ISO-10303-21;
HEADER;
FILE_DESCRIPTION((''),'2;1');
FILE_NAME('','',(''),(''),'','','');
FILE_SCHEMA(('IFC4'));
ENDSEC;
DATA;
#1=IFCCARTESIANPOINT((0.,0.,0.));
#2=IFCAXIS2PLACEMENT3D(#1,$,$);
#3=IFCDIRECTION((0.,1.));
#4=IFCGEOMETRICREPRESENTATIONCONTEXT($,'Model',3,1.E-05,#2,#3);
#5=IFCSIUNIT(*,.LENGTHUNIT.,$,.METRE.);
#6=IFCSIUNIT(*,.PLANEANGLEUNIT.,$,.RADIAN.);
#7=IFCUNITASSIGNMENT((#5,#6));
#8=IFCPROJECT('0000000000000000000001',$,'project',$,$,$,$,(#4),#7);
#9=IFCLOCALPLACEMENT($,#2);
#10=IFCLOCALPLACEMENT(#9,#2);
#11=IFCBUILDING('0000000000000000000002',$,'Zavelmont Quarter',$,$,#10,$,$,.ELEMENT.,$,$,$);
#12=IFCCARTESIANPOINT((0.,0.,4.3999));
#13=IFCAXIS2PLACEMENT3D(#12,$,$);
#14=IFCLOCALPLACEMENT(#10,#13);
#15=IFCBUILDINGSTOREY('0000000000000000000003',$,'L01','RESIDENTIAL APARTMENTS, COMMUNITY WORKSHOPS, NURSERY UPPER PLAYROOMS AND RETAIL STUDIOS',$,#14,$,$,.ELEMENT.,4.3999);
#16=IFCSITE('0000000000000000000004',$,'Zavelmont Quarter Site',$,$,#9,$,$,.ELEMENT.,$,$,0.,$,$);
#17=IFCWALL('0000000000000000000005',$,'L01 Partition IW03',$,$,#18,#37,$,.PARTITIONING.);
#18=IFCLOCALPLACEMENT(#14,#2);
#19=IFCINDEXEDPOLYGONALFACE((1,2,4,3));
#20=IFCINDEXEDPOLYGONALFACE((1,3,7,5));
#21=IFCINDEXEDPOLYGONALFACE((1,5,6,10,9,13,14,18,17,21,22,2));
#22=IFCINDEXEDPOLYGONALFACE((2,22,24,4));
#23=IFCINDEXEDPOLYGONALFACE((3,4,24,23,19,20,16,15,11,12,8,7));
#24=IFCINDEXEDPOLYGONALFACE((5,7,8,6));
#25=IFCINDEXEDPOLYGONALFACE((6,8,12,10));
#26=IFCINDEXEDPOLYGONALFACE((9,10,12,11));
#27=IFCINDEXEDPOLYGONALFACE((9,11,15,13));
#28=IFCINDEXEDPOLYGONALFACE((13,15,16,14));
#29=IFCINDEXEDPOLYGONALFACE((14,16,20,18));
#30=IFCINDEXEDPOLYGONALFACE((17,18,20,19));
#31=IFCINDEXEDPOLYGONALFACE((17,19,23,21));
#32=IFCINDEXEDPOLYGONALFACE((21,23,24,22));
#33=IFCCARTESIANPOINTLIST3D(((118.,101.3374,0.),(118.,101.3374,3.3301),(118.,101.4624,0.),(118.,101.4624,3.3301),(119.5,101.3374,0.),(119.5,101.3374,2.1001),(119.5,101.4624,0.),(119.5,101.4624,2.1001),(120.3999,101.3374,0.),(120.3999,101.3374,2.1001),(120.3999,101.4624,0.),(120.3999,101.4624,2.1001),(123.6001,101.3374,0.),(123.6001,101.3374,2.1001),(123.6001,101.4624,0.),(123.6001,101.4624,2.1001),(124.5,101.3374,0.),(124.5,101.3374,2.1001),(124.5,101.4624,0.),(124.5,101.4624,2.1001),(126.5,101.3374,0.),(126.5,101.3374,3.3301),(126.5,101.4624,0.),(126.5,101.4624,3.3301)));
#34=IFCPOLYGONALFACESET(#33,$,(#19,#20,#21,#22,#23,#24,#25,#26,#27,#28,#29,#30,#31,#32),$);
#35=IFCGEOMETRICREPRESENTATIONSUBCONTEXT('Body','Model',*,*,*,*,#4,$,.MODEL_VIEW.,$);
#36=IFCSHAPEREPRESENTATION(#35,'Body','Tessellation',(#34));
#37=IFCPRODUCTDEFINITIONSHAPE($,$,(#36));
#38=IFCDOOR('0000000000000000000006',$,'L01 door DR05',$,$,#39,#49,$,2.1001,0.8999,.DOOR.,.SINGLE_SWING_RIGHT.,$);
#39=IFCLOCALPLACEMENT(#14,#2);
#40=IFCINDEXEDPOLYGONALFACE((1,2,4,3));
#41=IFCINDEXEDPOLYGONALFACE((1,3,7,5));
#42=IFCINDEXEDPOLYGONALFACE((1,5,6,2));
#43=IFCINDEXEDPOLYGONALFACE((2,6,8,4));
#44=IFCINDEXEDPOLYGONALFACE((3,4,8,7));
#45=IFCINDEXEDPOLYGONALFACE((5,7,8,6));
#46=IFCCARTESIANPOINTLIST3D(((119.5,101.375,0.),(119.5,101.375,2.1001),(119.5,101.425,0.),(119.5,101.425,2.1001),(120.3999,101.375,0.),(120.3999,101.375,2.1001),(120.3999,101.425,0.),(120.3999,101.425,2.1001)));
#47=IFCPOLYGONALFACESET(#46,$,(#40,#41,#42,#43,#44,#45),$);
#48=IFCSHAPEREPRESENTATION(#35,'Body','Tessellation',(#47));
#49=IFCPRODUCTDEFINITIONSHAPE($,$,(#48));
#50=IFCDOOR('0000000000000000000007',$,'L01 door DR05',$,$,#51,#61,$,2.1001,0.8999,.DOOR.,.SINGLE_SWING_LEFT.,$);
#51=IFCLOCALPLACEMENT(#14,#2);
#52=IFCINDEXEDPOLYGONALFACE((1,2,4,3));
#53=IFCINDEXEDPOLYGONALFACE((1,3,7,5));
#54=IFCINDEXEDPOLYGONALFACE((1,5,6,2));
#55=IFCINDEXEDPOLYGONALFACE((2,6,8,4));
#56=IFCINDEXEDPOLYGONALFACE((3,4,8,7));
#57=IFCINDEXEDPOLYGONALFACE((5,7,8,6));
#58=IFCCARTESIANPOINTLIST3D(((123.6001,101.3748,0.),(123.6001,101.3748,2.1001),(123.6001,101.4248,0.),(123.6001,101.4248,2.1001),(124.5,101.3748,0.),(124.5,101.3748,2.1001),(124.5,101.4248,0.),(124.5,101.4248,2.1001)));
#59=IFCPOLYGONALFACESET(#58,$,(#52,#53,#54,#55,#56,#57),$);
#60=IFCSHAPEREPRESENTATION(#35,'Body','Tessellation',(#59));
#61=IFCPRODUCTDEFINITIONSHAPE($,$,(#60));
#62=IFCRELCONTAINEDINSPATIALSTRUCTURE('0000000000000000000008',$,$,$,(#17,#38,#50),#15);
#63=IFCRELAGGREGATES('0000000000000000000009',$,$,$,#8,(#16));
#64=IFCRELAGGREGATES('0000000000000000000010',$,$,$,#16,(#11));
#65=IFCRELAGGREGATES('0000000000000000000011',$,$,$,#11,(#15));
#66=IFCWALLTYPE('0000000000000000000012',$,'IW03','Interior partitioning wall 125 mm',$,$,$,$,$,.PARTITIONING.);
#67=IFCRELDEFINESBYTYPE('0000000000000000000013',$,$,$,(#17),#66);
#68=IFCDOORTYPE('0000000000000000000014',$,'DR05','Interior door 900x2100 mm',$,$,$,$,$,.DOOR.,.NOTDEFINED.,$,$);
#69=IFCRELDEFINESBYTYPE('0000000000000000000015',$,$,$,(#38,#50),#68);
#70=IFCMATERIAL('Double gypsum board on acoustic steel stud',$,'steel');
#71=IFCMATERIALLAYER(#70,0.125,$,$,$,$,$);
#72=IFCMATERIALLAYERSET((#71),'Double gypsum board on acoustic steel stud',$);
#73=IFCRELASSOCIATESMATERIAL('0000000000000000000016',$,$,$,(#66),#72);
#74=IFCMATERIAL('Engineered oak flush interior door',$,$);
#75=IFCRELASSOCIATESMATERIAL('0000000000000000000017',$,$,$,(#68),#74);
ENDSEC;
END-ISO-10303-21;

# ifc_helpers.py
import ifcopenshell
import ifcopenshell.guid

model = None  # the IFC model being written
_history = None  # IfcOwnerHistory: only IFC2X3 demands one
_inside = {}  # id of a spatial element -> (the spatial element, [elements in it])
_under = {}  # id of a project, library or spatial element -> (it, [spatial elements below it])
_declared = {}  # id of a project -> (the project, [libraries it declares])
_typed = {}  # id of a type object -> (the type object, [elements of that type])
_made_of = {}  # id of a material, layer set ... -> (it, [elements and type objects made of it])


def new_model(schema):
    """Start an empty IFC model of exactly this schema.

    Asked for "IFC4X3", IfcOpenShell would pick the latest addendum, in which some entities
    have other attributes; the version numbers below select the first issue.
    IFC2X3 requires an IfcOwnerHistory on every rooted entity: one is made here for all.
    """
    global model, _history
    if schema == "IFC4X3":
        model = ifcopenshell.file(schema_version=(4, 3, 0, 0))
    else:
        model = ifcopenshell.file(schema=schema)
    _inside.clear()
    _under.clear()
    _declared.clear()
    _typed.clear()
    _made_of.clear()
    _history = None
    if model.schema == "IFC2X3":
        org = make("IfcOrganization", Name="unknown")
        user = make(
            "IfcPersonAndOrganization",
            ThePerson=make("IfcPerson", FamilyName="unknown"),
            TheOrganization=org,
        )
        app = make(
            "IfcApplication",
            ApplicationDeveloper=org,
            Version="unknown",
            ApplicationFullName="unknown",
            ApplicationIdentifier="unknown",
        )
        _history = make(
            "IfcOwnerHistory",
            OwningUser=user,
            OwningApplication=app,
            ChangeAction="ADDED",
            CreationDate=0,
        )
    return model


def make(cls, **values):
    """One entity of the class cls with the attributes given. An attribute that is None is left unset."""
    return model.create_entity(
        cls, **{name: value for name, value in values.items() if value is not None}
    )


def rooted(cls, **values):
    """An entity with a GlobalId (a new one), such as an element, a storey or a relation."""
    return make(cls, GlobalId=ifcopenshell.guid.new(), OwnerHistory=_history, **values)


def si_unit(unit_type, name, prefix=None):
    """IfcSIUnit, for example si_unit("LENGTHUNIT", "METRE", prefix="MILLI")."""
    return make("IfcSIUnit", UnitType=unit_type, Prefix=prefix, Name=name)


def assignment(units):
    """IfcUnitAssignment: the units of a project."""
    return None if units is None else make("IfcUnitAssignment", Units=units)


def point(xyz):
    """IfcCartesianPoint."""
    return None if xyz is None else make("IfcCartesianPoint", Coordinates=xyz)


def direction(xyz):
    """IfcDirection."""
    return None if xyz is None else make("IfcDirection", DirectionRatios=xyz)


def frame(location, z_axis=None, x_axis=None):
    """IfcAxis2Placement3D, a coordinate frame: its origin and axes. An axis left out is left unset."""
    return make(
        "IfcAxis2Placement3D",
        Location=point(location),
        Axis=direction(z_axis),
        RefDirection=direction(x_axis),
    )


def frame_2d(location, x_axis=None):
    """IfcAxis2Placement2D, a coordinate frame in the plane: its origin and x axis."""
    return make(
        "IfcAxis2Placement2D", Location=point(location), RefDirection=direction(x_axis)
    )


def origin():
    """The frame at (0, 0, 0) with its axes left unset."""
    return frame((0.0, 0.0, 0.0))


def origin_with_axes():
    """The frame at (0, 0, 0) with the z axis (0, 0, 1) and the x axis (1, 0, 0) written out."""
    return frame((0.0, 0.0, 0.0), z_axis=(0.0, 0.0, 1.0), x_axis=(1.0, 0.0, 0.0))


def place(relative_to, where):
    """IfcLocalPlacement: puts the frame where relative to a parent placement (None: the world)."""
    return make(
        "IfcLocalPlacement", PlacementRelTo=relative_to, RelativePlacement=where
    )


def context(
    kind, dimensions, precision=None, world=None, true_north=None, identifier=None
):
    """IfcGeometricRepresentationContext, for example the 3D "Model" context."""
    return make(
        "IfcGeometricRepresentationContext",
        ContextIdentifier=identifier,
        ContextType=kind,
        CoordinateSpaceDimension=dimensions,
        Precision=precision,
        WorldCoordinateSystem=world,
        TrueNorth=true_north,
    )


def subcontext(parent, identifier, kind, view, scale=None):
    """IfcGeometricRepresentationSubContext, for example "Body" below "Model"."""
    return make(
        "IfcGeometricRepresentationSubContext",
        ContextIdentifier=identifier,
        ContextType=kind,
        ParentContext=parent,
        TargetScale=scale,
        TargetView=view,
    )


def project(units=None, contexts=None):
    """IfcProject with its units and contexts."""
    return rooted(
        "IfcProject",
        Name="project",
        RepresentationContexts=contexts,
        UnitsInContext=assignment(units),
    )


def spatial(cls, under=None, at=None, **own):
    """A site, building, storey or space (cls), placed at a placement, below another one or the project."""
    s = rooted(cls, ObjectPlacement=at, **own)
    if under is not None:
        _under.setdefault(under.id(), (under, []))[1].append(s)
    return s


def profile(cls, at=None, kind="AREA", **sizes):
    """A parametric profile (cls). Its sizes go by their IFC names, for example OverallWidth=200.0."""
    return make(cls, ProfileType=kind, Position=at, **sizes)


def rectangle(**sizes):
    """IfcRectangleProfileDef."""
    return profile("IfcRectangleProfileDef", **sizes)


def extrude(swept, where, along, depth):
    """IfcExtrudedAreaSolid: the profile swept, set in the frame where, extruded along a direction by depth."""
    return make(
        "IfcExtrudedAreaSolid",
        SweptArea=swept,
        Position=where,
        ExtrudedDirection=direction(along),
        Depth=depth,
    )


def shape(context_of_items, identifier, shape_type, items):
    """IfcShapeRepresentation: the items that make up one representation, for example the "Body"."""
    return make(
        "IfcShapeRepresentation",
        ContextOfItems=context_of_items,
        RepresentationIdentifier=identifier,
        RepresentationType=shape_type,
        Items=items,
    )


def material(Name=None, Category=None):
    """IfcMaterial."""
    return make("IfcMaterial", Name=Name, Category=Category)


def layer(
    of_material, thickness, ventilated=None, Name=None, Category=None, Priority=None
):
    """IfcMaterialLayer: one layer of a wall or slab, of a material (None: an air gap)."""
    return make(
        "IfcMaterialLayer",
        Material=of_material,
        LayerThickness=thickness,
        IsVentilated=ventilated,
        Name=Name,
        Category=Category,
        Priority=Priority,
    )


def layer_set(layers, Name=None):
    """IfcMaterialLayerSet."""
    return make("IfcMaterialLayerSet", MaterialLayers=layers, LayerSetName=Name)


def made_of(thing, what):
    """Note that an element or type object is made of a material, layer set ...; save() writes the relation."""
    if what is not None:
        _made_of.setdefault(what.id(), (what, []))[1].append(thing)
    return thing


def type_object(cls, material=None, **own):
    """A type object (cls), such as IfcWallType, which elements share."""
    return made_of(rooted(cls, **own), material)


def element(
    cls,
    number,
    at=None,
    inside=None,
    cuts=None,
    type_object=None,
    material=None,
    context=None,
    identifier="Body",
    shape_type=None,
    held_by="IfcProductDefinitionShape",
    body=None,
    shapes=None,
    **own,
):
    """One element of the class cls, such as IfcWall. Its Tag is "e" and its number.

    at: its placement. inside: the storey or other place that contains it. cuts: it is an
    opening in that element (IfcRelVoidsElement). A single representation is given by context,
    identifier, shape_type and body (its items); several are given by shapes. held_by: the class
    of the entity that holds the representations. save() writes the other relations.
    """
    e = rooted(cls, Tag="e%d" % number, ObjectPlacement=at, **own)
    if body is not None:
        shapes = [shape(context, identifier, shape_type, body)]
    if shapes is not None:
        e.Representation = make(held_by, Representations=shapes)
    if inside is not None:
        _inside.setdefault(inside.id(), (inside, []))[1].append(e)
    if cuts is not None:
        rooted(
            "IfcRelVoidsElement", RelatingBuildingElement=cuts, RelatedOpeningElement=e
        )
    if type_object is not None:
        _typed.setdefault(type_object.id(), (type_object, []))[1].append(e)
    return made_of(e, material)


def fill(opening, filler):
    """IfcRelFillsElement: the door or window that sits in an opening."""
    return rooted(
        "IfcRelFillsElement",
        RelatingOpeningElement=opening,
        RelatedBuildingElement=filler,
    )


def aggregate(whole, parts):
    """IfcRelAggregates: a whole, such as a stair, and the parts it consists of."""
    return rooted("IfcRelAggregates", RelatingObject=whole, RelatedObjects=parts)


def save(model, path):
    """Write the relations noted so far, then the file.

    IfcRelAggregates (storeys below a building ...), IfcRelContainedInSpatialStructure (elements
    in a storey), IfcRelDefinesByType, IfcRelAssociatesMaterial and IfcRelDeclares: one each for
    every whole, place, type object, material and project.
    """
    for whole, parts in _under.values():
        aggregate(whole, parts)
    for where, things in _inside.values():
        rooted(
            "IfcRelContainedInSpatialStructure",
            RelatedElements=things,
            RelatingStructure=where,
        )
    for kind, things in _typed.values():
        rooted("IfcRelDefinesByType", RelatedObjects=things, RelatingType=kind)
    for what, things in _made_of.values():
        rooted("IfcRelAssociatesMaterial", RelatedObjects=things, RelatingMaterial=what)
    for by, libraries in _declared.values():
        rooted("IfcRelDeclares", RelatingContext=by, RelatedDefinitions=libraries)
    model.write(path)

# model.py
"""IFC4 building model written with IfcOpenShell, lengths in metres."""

from ifc_helpers import new_model, si_unit, direction, frame, frame_2d, origin, origin_with_axes, place, context, subcontext, project, spatial, rectangle, extrude, material, layer, layer_set, type_object, element, fill, save


model = new_model("IFC4")

# Units and contexts
model_context = context("Model", 3, precision=1e-05, world=origin(), true_north=direction((0.0, 1.0)))
body_context = subcontext(model_context, "Body", "Model", "MODEL_VIEW")
ifc_project = project(units=[si_unit("LENGTHUNIT", "METRE"), si_unit("PLANEANGLEUNIT", "RADIAN")], contexts=[model_context])

# Site, building, storey
site_placement = place(None, origin())
site = spatial("IfcSite", under=ifc_project, at=site_placement, Name="Zavelmont Quarter Site", CompositionType="ELEMENT", RefElevation=0.0)
building_placement = place(site_placement, origin())
building = spatial("IfcBuilding", under=site, at=building_placement, Name="Zavelmont Quarter", CompositionType="ELEMENT")
storey_placement = place(building_placement, frame((0.0, 0.0, 4.3999)))
storey = spatial("IfcBuildingStorey", under=building, at=storey_placement, Name="L01", Description="RESIDENTIAL APARTMENTS, COMMUNITY WORKSHOPS, NURSERY UPPER PLAYROOMS AND RETAIL STUDIOS", CompositionType="ELEMENT", Elevation=4.3999)

# Wall, openings, doors
ifc_material_1 = material(Name="Double gypsum board on acoustic steel stud", Category="steel")
ifc_layer_1 = layer(ifc_material_1, 0.125)
ifc_layer_set_1 = layer_set([ifc_layer_1], Name="Double gypsum board on acoustic steel stud")
wall_type_1 = type_object("IfcWallType", Name="IW03", Description="Interior partitioning wall 125 mm", PredefinedType="PARTITIONING", material=ifc_layer_set_1)
wall_1_placement = place(storey_placement, frame((118.0, 101.3999, 0.0), z_axis=(0.0, 0.0, 1.0), x_axis=(1.0, 0.0, 0.0)))
wall_1 = element("IfcWall", 1, at=wall_1_placement, inside=storey, type_object=wall_type_1, Name="L01 Partition IW03", PredefinedType="PARTITIONING", context=body_context, shape_type="SweptSolid", body=[
    extrude(rectangle(XDim=8.5, YDim=0.125, at=frame_2d((4.25, 0.0))), origin(), (0.0, 0.0, 1.0), 3.3301),
])
opening_1_placement = place(wall_1_placement, frame((1.5, 0.0, 0.0)))
opening_1 = element("IfcOpeningElement", 2, at=opening_1_placement, cuts=wall_1, PredefinedType="OPENING", context=body_context, shape_type="SweptSolid", body=[
    extrude(rectangle(XDim=0.8999, YDim=2.1001, at=frame_2d((0.45, 1.05))), frame((0.0, 0.0745, 0.0), z_axis=(0.0, -1.0, 0.0), x_axis=(1.0, 0.0, 0.0)), (0.0, 0.0, 1.0), 0.1489),
])
opening_2_placement = place(wall_1_placement, frame((5.6001, 0.0, 0.0)))
opening_2 = element("IfcOpeningElement", 3, at=opening_2_placement, cuts=wall_1, PredefinedType="OPENING", context=body_context, shape_type="SweptSolid", body=[
    extrude(rectangle(XDim=0.8999, YDim=2.1001, at=frame_2d((0.45, 1.05))), frame((0.0, 0.0745, 0.0), z_axis=(0.0, -1.0, 0.0), x_axis=(1.0, 0.0, 0.0)), (0.0, 0.0, 1.0), 0.1489),
])
ifc_material_2 = material(Name="Engineered oak flush interior door")
door_type_1 = type_object("IfcDoorType", Name="DR05", Description="Interior door 900x2100 mm", OperationType="NOTDEFINED", PredefinedType="DOOR", material=ifc_material_2)
door_1_placement = place(opening_1_placement, frame((0.8999, 0.0, 0.0), z_axis=(0.0, 0.0, 1.0), x_axis=(-1.0, 0.0, 0.0)))
door_1 = element("IfcDoor", 4, at=door_1_placement, inside=storey, type_object=door_type_1, Name="L01 door DR05", OperationType="SINGLE_SWING_RIGHT", OverallHeight=2.1001, OverallWidth=0.8999, PredefinedType="DOOR", context=body_context, shape_type="SweptSolid", body=[
    extrude(rectangle(XDim=0.8999, YDim=2.1001, at=frame_2d((0.45, 1.05))), frame((0.0, 0.0249, 0.0), z_axis=(0.0, -1.0, 0.0), x_axis=(1.0, 0.0, 0.0)), (0.0, 0.0, 1.0), 0.05),
])
fill(opening_1, door_1)
door_2_placement = place(opening_2_placement, origin_with_axes())
door_2 = element("IfcDoor", 5, at=door_2_placement, inside=storey, type_object=door_type_1, Name="L01 door DR05", OperationType="SINGLE_SWING_LEFT", OverallHeight=2.1001, OverallWidth=0.8999, PredefinedType="DOOR", context=body_context, shape_type="SweptSolid", body=[
    extrude(rectangle(XDim=0.8999, YDim=2.1001, at=frame_2d((0.45, 1.05))), frame((0.0, 0.0249, 0.0), z_axis=(0.0, -1.0, 0.0), x_axis=(1.0, 0.0, 0.0)), (0.0, 0.0, 1.0), 0.05),
])
fill(opening_2, door_2)

save(model, "model.ifc")
